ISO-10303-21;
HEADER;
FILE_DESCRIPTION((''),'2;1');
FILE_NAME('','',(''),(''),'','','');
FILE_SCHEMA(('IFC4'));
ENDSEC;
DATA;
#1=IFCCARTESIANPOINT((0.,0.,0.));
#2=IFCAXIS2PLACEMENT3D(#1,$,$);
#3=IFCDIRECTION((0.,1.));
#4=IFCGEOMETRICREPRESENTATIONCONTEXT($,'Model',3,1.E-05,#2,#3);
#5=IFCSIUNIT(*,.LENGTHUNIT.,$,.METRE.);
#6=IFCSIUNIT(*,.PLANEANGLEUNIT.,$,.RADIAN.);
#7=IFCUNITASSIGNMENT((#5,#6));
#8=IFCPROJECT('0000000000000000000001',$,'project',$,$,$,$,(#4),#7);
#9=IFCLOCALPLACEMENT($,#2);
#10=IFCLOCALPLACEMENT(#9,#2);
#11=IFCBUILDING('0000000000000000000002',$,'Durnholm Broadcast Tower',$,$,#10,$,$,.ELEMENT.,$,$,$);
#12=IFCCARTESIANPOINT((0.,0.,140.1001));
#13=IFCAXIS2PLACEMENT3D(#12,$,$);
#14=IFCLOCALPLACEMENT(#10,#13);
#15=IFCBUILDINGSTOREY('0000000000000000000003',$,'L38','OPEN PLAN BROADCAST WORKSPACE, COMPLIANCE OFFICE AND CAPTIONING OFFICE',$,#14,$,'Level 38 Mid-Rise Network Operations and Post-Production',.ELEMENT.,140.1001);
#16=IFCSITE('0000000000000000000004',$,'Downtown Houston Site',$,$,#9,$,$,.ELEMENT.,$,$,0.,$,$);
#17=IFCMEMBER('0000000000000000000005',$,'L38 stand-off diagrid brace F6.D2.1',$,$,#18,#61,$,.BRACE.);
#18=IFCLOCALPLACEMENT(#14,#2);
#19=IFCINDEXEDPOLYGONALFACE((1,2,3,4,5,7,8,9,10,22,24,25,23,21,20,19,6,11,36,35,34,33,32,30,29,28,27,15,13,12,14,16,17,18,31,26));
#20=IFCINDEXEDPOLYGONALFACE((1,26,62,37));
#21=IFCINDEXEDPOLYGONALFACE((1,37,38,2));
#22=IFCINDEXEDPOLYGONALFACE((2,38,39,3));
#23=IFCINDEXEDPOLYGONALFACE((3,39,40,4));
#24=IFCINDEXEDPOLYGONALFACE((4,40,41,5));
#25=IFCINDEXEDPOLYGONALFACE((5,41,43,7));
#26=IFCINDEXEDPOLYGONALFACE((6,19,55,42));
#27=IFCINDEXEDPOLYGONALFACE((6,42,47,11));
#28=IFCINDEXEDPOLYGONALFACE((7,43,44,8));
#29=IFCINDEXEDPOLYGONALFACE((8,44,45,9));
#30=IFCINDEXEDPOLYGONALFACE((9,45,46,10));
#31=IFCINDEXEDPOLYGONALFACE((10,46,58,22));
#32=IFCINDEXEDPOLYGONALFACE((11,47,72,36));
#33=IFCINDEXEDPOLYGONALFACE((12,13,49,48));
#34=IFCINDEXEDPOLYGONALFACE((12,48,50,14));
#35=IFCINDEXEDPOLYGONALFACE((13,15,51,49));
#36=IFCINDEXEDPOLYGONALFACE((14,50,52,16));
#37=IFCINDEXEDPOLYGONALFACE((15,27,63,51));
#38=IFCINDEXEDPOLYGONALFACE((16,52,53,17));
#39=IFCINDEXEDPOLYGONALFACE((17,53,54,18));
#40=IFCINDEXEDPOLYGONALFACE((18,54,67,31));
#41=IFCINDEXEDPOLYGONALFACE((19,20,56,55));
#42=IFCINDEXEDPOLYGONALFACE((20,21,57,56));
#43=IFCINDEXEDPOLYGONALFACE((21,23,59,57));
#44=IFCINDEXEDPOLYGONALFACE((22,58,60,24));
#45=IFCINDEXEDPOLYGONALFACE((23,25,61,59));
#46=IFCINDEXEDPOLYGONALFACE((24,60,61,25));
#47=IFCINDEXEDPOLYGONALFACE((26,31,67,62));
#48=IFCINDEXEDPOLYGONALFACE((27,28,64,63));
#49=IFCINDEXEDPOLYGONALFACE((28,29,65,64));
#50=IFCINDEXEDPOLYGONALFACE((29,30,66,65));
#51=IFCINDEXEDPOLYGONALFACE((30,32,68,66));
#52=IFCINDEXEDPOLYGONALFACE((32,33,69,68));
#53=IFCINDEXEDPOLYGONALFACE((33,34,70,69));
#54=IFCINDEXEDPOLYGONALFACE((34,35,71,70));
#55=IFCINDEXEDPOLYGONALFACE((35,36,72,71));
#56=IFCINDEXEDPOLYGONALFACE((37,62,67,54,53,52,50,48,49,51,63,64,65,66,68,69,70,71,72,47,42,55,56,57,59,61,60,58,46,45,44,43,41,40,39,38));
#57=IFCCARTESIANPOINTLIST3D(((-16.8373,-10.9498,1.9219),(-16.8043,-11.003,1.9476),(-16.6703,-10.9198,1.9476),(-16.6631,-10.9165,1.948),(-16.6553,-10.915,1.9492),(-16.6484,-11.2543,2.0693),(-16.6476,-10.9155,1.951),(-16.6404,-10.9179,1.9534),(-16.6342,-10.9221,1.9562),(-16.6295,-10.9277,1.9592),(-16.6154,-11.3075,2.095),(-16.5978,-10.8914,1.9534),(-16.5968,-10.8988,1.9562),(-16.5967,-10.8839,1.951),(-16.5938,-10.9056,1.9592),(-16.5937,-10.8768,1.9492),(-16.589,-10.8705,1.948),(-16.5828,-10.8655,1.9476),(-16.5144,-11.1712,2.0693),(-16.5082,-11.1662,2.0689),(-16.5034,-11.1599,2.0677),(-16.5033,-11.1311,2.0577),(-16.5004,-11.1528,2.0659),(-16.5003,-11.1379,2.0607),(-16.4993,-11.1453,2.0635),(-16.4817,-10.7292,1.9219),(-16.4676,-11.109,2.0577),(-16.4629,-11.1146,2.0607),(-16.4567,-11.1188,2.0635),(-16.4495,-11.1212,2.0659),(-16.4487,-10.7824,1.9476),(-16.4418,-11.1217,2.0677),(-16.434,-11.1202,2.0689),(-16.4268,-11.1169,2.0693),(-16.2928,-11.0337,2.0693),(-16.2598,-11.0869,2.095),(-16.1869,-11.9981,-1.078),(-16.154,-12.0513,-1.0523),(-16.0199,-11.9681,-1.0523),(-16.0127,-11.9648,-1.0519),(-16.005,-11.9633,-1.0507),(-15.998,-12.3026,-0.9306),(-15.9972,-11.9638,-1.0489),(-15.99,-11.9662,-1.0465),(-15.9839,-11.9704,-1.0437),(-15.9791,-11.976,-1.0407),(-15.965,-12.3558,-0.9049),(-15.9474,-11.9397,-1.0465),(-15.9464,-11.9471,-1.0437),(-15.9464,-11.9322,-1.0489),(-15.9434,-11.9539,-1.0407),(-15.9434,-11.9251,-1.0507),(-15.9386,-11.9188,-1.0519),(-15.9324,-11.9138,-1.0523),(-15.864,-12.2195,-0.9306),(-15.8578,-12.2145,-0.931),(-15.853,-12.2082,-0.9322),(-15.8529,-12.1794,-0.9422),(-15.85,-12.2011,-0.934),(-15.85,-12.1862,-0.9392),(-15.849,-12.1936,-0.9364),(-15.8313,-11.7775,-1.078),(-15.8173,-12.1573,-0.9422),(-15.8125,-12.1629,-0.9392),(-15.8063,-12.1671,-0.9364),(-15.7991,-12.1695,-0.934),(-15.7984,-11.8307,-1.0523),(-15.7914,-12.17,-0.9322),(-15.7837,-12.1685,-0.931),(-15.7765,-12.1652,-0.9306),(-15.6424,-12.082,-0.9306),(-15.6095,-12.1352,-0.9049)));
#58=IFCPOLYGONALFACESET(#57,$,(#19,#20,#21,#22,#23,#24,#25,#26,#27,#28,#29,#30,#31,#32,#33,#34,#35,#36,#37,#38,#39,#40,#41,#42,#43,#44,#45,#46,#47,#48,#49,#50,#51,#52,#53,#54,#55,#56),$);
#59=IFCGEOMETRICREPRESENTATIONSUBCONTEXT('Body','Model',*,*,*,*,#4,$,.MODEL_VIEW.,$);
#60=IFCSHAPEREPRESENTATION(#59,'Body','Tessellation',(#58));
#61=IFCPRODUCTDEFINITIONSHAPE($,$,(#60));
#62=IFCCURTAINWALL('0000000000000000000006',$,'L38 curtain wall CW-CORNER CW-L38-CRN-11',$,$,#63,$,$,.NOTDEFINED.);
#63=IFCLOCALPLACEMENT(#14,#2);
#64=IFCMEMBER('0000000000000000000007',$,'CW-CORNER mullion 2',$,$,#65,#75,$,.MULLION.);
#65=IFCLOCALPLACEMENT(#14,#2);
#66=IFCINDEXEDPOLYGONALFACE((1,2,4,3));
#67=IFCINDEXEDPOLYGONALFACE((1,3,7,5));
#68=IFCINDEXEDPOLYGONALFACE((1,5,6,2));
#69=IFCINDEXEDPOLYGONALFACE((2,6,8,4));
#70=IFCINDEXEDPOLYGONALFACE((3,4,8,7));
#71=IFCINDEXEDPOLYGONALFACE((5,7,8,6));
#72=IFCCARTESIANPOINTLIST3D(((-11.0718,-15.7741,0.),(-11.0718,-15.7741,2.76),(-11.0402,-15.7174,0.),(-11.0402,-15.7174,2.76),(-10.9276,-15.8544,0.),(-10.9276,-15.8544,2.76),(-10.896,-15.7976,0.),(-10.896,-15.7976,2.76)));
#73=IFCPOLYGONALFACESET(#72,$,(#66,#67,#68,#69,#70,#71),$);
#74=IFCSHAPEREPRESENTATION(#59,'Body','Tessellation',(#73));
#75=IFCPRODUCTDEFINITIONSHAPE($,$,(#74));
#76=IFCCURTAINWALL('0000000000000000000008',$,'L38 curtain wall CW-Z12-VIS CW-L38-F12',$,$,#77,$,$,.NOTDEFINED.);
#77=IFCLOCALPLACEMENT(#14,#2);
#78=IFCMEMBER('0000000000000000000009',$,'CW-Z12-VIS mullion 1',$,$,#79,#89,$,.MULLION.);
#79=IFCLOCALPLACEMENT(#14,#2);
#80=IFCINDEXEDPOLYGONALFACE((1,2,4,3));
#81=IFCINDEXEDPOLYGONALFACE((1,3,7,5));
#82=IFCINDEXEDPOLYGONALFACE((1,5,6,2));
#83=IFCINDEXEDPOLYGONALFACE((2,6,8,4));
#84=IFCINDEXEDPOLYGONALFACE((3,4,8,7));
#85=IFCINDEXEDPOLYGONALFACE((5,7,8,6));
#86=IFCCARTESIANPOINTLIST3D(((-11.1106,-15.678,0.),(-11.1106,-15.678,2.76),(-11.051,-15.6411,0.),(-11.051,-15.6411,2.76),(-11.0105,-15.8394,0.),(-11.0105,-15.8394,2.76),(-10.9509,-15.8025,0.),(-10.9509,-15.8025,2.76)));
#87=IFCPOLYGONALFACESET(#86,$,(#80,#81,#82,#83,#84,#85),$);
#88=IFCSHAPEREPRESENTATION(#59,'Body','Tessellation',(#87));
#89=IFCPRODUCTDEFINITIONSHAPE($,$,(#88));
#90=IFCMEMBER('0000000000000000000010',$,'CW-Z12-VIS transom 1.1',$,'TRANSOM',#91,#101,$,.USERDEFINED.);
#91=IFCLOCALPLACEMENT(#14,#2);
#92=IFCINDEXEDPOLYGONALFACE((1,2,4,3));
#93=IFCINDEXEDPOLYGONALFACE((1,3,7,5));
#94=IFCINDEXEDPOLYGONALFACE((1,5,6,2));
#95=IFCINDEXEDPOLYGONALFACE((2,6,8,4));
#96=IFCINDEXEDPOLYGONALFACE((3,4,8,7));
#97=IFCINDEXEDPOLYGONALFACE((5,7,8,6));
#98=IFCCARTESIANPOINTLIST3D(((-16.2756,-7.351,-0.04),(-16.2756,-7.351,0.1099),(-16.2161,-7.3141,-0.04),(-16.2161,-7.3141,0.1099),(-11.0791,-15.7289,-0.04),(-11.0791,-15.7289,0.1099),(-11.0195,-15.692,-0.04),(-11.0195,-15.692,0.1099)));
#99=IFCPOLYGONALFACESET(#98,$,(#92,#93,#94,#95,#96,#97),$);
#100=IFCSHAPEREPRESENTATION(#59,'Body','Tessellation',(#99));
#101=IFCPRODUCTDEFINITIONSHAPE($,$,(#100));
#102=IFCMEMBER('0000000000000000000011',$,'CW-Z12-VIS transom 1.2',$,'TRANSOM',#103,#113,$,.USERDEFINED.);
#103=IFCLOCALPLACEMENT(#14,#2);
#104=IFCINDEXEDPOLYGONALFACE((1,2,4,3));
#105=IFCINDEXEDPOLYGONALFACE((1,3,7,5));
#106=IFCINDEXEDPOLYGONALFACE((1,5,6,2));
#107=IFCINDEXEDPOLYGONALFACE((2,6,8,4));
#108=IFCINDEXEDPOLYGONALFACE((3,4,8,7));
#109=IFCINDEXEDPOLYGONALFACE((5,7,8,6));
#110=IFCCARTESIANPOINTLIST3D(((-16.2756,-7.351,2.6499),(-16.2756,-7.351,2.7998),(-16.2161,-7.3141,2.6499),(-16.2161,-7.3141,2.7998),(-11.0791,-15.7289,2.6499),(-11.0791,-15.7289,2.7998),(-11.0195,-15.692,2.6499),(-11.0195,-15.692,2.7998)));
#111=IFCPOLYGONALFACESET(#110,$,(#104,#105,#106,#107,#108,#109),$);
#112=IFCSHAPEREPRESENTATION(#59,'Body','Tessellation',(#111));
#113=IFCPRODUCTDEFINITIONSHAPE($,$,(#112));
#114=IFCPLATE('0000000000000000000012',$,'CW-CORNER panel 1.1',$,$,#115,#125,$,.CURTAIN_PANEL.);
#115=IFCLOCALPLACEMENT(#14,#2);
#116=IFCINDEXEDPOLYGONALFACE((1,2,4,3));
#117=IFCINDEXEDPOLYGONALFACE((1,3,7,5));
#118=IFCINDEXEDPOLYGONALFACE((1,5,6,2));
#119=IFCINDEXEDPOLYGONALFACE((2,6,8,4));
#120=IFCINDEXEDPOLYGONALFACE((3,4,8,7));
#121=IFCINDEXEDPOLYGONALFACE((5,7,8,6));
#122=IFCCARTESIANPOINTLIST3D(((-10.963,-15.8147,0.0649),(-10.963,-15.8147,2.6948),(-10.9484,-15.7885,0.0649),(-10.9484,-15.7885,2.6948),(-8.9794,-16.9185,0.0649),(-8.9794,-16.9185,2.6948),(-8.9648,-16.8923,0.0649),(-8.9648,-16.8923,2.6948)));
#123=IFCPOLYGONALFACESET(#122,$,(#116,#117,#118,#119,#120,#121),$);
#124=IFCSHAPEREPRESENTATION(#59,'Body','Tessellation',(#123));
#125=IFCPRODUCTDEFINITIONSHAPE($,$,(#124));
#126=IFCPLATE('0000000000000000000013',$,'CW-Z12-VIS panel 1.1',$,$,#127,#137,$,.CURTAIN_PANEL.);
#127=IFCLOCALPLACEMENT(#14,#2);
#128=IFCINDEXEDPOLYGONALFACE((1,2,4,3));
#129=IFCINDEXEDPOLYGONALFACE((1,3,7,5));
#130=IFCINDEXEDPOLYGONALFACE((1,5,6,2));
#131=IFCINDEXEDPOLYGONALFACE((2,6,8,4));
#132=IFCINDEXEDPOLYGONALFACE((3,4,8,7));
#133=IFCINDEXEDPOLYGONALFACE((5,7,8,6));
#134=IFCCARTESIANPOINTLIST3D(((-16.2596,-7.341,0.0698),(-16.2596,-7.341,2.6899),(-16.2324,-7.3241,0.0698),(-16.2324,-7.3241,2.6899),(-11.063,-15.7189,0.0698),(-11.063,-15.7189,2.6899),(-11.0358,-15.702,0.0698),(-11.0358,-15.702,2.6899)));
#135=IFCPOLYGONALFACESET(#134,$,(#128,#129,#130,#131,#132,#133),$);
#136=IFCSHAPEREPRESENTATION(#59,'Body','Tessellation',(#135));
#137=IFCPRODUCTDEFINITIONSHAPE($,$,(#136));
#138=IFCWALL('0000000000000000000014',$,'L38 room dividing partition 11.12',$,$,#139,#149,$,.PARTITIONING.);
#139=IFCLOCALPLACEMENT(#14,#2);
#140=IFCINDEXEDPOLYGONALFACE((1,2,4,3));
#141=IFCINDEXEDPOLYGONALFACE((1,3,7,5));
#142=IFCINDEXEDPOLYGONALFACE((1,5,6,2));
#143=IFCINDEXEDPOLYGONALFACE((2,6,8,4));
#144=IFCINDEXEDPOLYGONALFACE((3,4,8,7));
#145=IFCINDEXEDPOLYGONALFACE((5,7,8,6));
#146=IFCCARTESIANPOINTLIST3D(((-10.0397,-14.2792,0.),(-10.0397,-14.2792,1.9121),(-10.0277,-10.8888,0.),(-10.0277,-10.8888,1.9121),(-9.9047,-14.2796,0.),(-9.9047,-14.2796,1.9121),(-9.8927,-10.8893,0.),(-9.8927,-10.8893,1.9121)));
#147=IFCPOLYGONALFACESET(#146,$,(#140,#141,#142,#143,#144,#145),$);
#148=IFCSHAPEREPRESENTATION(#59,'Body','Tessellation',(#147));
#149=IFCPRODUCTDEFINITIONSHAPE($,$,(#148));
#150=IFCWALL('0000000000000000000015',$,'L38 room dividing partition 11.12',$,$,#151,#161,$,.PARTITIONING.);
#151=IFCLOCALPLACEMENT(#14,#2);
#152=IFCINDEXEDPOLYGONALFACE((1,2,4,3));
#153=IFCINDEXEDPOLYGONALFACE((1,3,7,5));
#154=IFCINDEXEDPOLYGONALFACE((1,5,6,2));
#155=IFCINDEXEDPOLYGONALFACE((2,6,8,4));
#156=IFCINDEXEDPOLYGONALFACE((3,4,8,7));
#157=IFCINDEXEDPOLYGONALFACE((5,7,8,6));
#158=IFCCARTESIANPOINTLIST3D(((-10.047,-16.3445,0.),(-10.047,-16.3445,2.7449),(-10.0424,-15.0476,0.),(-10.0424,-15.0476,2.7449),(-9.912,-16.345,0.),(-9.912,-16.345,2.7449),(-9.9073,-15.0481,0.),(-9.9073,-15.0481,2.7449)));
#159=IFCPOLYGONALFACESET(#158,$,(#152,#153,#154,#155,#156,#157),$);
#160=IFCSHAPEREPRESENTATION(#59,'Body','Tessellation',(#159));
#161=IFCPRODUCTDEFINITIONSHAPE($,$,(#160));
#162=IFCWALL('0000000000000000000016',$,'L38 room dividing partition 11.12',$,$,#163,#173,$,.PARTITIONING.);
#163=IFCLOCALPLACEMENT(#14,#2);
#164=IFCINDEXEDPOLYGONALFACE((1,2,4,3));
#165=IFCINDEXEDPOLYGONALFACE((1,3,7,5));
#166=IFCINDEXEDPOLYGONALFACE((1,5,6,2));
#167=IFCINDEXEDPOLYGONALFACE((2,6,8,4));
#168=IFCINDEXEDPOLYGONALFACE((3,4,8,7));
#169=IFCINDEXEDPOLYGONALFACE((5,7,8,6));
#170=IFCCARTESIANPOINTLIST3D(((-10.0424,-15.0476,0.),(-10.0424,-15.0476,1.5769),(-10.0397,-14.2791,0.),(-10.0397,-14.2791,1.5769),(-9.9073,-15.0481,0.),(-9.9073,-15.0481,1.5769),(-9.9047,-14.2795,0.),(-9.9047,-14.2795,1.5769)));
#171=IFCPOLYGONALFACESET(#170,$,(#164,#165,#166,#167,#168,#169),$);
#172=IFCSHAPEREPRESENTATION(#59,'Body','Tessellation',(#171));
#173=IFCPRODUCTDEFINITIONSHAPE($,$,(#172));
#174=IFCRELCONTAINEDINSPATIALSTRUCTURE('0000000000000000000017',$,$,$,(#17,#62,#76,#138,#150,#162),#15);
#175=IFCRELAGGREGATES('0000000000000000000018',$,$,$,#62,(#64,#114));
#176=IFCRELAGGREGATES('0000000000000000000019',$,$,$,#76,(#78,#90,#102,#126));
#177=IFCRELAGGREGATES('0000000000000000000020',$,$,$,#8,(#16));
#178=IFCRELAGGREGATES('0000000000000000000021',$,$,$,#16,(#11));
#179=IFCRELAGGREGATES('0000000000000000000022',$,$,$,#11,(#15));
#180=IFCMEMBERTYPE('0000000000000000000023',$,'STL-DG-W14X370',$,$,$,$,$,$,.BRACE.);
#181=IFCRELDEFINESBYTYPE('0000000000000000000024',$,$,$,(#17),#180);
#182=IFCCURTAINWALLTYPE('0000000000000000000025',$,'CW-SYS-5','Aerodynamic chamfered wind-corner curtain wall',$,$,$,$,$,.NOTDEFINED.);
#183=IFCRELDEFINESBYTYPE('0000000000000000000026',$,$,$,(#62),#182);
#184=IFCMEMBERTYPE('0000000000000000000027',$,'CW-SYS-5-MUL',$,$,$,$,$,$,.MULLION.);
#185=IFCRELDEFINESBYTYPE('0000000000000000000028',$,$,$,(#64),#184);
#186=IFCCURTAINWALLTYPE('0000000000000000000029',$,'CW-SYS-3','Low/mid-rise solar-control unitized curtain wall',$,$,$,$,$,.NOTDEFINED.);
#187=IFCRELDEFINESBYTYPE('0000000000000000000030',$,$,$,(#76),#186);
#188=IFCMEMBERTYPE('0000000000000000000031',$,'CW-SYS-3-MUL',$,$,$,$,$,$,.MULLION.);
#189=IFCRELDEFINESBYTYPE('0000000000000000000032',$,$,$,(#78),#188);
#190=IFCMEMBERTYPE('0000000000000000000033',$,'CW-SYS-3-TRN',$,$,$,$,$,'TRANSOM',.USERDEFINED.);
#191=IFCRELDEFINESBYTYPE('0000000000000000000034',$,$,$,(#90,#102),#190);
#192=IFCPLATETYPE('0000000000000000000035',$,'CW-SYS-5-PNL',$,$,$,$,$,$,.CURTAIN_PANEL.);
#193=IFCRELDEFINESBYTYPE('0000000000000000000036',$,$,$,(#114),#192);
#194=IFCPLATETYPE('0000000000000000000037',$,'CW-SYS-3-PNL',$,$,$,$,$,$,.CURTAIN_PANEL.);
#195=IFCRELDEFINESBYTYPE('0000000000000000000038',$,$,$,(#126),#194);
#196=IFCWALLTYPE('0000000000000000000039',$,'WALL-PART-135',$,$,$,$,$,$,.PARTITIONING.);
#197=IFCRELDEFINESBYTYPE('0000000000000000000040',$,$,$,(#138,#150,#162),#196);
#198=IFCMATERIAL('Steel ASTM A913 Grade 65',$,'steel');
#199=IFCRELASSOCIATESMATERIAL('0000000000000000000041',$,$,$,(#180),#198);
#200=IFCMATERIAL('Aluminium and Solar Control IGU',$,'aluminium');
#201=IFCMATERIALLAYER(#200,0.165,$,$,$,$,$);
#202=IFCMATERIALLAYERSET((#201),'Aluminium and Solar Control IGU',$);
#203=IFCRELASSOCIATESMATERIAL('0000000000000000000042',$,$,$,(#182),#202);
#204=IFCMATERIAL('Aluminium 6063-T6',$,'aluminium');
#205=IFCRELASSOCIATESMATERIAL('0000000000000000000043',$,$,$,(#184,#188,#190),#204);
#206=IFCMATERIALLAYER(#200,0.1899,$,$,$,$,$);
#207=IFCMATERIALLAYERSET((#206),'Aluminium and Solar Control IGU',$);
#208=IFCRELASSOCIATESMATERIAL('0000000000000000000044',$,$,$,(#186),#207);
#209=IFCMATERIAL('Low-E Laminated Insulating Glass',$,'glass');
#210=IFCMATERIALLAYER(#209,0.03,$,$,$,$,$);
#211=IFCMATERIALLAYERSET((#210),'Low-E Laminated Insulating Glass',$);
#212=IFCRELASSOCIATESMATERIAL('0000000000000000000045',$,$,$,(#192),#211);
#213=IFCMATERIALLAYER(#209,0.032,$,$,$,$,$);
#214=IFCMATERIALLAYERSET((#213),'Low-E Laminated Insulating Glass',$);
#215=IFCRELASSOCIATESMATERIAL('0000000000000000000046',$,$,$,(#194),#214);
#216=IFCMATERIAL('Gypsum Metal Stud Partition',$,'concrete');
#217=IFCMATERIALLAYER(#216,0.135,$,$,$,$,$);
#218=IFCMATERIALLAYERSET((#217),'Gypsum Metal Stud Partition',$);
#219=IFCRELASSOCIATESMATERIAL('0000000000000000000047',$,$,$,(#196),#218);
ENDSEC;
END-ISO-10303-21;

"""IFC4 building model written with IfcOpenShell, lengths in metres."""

from ifc_helpers import new_model, si_unit, direction, frame, frame_2d, origin, origin_2d, place, context, subcontext, project, spatial, rectangle, i_section, extrude, source, transform, mapped, material, layer, layer_set, material_profile, profile_set, type_object, type_shapes, element, aggregate, save


model = new_model("IFC4")

# Units and contexts
model_context = context("Model", 3, precision=1e-05, world=origin(), true_north=direction((0.0, 1.0)))
body_context = subcontext(model_context, "Body", "Model", "MODEL_VIEW")
ifc_project = project(units=[si_unit("LENGTHUNIT", "METRE"), si_unit("PLANEANGLEUNIT", "RADIAN")], contexts=[model_context])

# Site, building, storey
site_placement = place(None, origin())
site = spatial("IfcSite", under=ifc_project, at=site_placement, Name="Downtown Houston Site", CompositionType="ELEMENT", RefElevation=0.0)
building_placement = place(site_placement, origin())
building = spatial("IfcBuilding", under=site, at=building_placement, Name="Durnholm Broadcast Tower", CompositionType="ELEMENT")
storey_placement = place(building_placement, frame((0.0, 0.0, 140.1001)))
storey = spatial("IfcBuildingStorey", under=building, at=storey_placement, Name="L38", Description="OPEN PLAN BROADCAST WORKSPACE, COMPLIANCE OFFICE AND CAPTIONING OFFICE", LongName="Level 38 Mid-Rise Network Operations and Post-Production", CompositionType="ELEMENT", Elevation=140.1001)

# Member
ifc_material_1 = material(Name="Steel ASTM A913 Grade 65", Category="steel")
ifc_material_profile_1 = material_profile(ifc_material_1, i_section(OverallWidth=0.4185, OverallDepth=0.4551, WebThickness=0.042, FlangeThickness=0.0676, FilletRadius=0.0305, at=origin_2d()), Name="W14X370")
ifc_profile_set_1 = profile_set([ifc_material_profile_1], Name="Steel ASTM A913 Grade 65")
member_type_1 = type_object("IfcMemberType", Name="STL-DG-W14X370", PredefinedType="BRACE", material=ifc_profile_set_1)
shared_shape_1 = source(origin(), body_context, "Body", "SweptSolid", [
    extrude(i_section(OverallWidth=0.4185, OverallDepth=0.4551, WebThickness=0.042, FlangeThickness=0.0676, FilletRadius=0.0305, at=origin_2d()), origin(), (0.0, 0.0, 1.0), 3.2437),
])
member_1_placement = place(storey_placement, frame((-15.8982, -12.0667, -0.9915), z_axis=(-0.200505, 0.323186, 0.924851), x_axis=(-0.84975, -0.527186, 0.0)))
element("IfcMember", 1, at=member_1_placement, inside=storey, type_object=member_type_1, Name="L38 stand-off diagrid brace F6.D2.1", PredefinedType="BRACE", context=body_context, shape_type="MappedRepresentation", body=[
    mapped(shared_shape_1, transform((0.0, 0.0, 0.0), x_axis=(1.0, 0.0, 0.0), y_axis=(0.0, 1.0, 0.0), z_axis=(0.0, 0.0, 1.0), scale=1.0)),
])

# Curtain wall, member
ifc_material_2 = material(Name="Aluminium and Solar Control IGU", Category="aluminium")
ifc_layer_1 = layer(ifc_material_2, 0.165)
ifc_layer_set_1 = layer_set([ifc_layer_1], Name="Aluminium and Solar Control IGU")
curtain_wall_type_1 = type_object("IfcCurtainWallType", Name="CW-SYS-5", Description="Aerodynamic chamfered wind-corner curtain wall", PredefinedType="NOTDEFINED", material=ifc_layer_set_1)
curtain_wall_1_placement = place(storey_placement, origin())
curtain_wall_1 = element("IfcCurtainWall", 2, at=curtain_wall_1_placement, inside=storey, type_object=curtain_wall_type_1, Name="L38 curtain wall CW-CORNER CW-L38-CRN-11", PredefinedType="NOTDEFINED")
ifc_material_3 = material(Name="Aluminium 6063-T6", Category="aluminium")
ifc_material_profile_2 = material_profile(ifc_material_3, rectangle(XDim=0.0649, YDim=0.165, at=origin_2d()), Name="CWM65X165")
ifc_profile_set_2 = profile_set([ifc_material_profile_2], Name="Aluminium 6063-T6")
member_type_2 = type_object("IfcMemberType", Name="CW-SYS-5-MUL", PredefinedType="MULLION", material=ifc_profile_set_2)
shared_shape_2 = source(origin(), body_context, "Body", "SweptSolid", [
    extrude(rectangle(XDim=0.0649, YDim=0.165, at=origin_2d()), origin(), (0.0, 0.0, 1.0), 2.76),
])
type_shapes(member_type_2, [shared_shape_2])
member_2_placement = place(storey_placement, frame((-10.9839, -15.7859, 0.0), z_axis=(0.0, 0.0, 1.0), x_axis=(-0.486244, -0.873823, 0.0)))
member_2 = element("IfcMember", 3, at=member_2_placement, type_object=member_type_2, Name="CW-CORNER mullion 2", PredefinedType="MULLION", context=body_context, shape_type="MappedRepresentation", body=[
    mapped(shared_shape_2, transform((0.0, 0.0, 0.0), x_axis=(1.0, 0.0, 0.0), y_axis=(0.0, 1.0, 0.0), z_axis=(0.0, 0.0, 1.0), scale=1.0)),
])

# Curtain wall, members
ifc_layer_2 = layer(ifc_material_2, 0.1899)
ifc_layer_set_2 = layer_set([ifc_layer_2], Name="Aluminium and Solar Control IGU")
curtain_wall_type_2 = type_object("IfcCurtainWallType", Name="CW-SYS-3", Description="Low/mid-rise solar-control unitized curtain wall", PredefinedType="NOTDEFINED", material=ifc_layer_set_2)
curtain_wall_2_placement = place(storey_placement, origin())
curtain_wall_2 = element("IfcCurtainWall", 4, at=curtain_wall_2_placement, inside=storey, type_object=curtain_wall_type_2, Name="L38 curtain wall CW-Z12-VIS CW-L38-F12", PredefinedType="NOTDEFINED")
ifc_material_profile_3 = material_profile(ifc_material_3, rectangle(XDim=0.0701, YDim=0.1899, at=origin_2d()), Name="CWM70X190")
ifc_profile_set_3 = profile_set([ifc_material_profile_3], Name="Aluminium 6063-T6")
member_type_3 = type_object("IfcMemberType", Name="CW-SYS-3-MUL", PredefinedType="MULLION", material=ifc_profile_set_3)
shared_shape_3 = source(origin(), body_context, "Body", "SweptSolid", [
    extrude(rectangle(XDim=0.0701, YDim=0.1899, at=origin_2d()), origin(), (0.0, 0.0, 1.0), 2.76),
])
type_shapes(member_type_3, [shared_shape_3])
member_3_placement = place(storey_placement, frame((-11.0308, -15.7402, 0.0), z_axis=(0.0, 0.0, 1.0), x_axis=(-0.8498, -0.527105, 0.0)))
member_3 = element("IfcMember", 5, at=member_3_placement, type_object=member_type_3, Name="CW-Z12-VIS mullion 1", PredefinedType="MULLION", context=body_context, shape_type="MappedRepresentation", body=[
    mapped(shared_shape_3, transform((0.0, 0.0, 0.0), x_axis=(1.0, 0.0, 0.0), y_axis=(0.0, 1.0, 0.0), z_axis=(0.0, 0.0, 1.0), scale=1.0)),
])
ifc_material_profile_4 = material_profile(ifc_material_3, rectangle(XDim=0.0701, YDim=0.1499, at=origin_2d()), Name="CWT70X150")
ifc_profile_set_4 = profile_set([ifc_material_profile_4], Name="Aluminium 6063-T6")
member_type_4 = type_object("IfcMemberType", Name="CW-SYS-3-TRN", ElementType="TRANSOM", PredefinedType="USERDEFINED", material=ifc_profile_set_4)
shared_shape_4 = source(origin(), body_context, "Body", "SweptSolid", [
    extrude(rectangle(XDim=0.0701, YDim=0.1499, at=origin_2d()), origin(), (0.0, 0.0, 1.0), 9.8586),
])
type_shapes(member_type_4, [shared_shape_4])
member_4_placement = place(storey_placement, frame((-11.0493, -15.7104, 0.0349), z_axis=(-0.527102, 0.849802, 0.0), x_axis=(-0.849802, -0.527102, 0.0)))
member_4 = element("IfcMember", 6, at=member_4_placement, type_object=member_type_4, Name="CW-Z12-VIS transom 1.1", ObjectType="TRANSOM", PredefinedType="USERDEFINED", context=body_context, shape_type="MappedRepresentation", body=[
    mapped(shared_shape_4, transform((0.0, 0.0, 0.0), x_axis=(1.0, 0.0, 0.0), y_axis=(0.0, 1.0, 0.0), z_axis=(0.0, 0.0, 1.0), scale=1.0)),
])
member_5_placement = place(storey_placement, frame((-11.0493, -15.7104, 2.7249), z_axis=(-0.527102, 0.849802, 0.0), x_axis=(-0.849802, -0.527102, 0.0)))
member_5 = element("IfcMember", 7, at=member_5_placement, type_object=member_type_4, Name="CW-Z12-VIS transom 1.2", ObjectType="TRANSOM", PredefinedType="USERDEFINED", context=body_context, shape_type="MappedRepresentation", body=[
    mapped(shared_shape_4, transform((0.0, 0.0, 0.0), x_axis=(1.0, 0.0, 0.0), y_axis=(0.0, 1.0, 0.0), z_axis=(0.0, 0.0, 1.0), scale=1.0)),
])

# Plates
ifc_material_4 = material(Name="Low-E Laminated Insulating Glass", Category="glass")
ifc_layer_3 = layer(ifc_material_4, 0.03)
ifc_layer_set_3 = layer_set([ifc_layer_3], Name="Low-E Laminated Insulating Glass")
plate_type_1 = type_object("IfcPlateType", Name="CW-SYS-5-PNL", PredefinedType="CURTAIN_PANEL", material=ifc_layer_set_3)
shared_shape_5 = source(origin(), body_context, "Body", "SweptSolid", [
    extrude(rectangle(XDim=2.27, YDim=0.03, at=origin_2d()), origin(), (0.0, 0.0, 1.0), 2.6299),
])
type_shapes(plate_type_1, [shared_shape_5])
plate_1_placement = place(storey_placement, frame((-9.9639, -16.3535, 0.0649), z_axis=(0.0, 0.0, 1.0), x_axis=(-0.873823, 0.486244, 0.0)))
plate_1 = element("IfcPlate", 8, at=plate_1_placement, type_object=plate_type_1, Name="CW-CORNER panel 1.1", PredefinedType="CURTAIN_PANEL", context=body_context, shape_type="MappedRepresentation", body=[
    mapped(shared_shape_5, transform((0.0, 0.0, 0.0), x_axis=(1.0, 0.0, 0.0), y_axis=(0.0, 1.0, 0.0), z_axis=(0.0, 0.0, 1.0), scale=1.0)),
])
aggregate(curtain_wall_1, [member_2, plate_1])
ifc_layer_4 = layer(ifc_material_4, 0.032)
ifc_layer_set_4 = layer_set([ifc_layer_4], Name="Low-E Laminated Insulating Glass")
plate_type_2 = type_object("IfcPlateType", Name="CW-SYS-3-PNL", PredefinedType="CURTAIN_PANEL", material=ifc_layer_set_4)
shared_shape_6 = source(origin(), body_context, "Body", "SweptSolid", [
    extrude(rectangle(XDim=9.8586, YDim=0.032, at=origin_2d()), origin(), (0.0, 0.0, 1.0), 2.6201),
])
type_shapes(plate_type_2, [shared_shape_6])
plate_2_placement = place(storey_placement, frame((-13.6477, -11.5215, 0.0698), z_axis=(0.0, 0.0, 1.0), x_axis=(-0.527105, 0.8498, 0.0)))
plate_2 = element("IfcPlate", 9, at=plate_2_placement, type_object=plate_type_2, Name="CW-Z12-VIS panel 1.1", PredefinedType="CURTAIN_PANEL", context=body_context, shape_type="MappedRepresentation", body=[
    mapped(shared_shape_6, transform((0.0, 0.0, 0.0), x_axis=(1.0, 0.0, 0.0), y_axis=(0.0, 1.0, 0.0), z_axis=(0.0, 0.0, 1.0), scale=1.0)),
])
aggregate(curtain_wall_2, [member_3, member_4, member_5, plate_2])

# Walls
ifc_material_5 = material(Name="Gypsum Metal Stud Partition", Category="concrete")
ifc_layer_5 = layer(ifc_material_5, 0.135)
ifc_layer_set_5 = layer_set([ifc_layer_5], Name="Gypsum Metal Stud Partition")
wall_type_1 = type_object("IfcWallType", Name="WALL-PART-135", PredefinedType="PARTITIONING", material=ifc_layer_set_5)
wall_1_placement = place(storey_placement, frame((-9.9602, -10.8889, 0.0), z_axis=(0.0, 0.0, 1.0), x_axis=(-0.003528, -0.999994, 0.0)))
element("IfcWall", 10, at=wall_1_placement, inside=storey, type_object=wall_type_1, Name="L38 room dividing partition 11.12", PredefinedType="PARTITIONING", context=body_context, shape_type="SweptSolid", body=[
    extrude(rectangle(XDim=3.3904, YDim=0.135, at=frame_2d((1.6953, 0.0))), origin(), (0.0, 0.0, 1.0), 1.9121),
])
wall_2_placement = place(storey_placement, frame((-9.9749, -15.0479, 0.0), z_axis=(0.0, 0.0, 1.0), x_axis=(-0.003577, -0.999994, 0.0)))
element("IfcWall", 11, at=wall_2_placement, inside=storey, type_object=wall_type_1, Name="L38 room dividing partition 11.12", PredefinedType="PARTITIONING", context=body_context, shape_type="SweptSolid", body=[
    extrude(rectangle(XDim=1.2969, YDim=0.135, at=frame_2d((0.6484, 0.0))), origin(), (0.0, 0.0, 1.0), 2.7449),
])
wall_3_placement = place(storey_placement, frame((-9.9722, -14.2793, 0.0), z_axis=(0.0, 0.0, 1.0), x_axis=(-0.003494, -0.999994, 0.0)))
element("IfcWall", 12, at=wall_3_placement, inside=storey, type_object=wall_type_1, Name="L38 room dividing partition 11.12", PredefinedType="PARTITIONING", context=body_context, shape_type="SweptSolid", body=[
    extrude(rectangle(XDim=0.7686, YDim=0.135, at=frame_2d((0.3843, 0.0))), origin(), (0.0, 0.0, 1.0), 1.5769),
])

save(model, "model.ifc")
